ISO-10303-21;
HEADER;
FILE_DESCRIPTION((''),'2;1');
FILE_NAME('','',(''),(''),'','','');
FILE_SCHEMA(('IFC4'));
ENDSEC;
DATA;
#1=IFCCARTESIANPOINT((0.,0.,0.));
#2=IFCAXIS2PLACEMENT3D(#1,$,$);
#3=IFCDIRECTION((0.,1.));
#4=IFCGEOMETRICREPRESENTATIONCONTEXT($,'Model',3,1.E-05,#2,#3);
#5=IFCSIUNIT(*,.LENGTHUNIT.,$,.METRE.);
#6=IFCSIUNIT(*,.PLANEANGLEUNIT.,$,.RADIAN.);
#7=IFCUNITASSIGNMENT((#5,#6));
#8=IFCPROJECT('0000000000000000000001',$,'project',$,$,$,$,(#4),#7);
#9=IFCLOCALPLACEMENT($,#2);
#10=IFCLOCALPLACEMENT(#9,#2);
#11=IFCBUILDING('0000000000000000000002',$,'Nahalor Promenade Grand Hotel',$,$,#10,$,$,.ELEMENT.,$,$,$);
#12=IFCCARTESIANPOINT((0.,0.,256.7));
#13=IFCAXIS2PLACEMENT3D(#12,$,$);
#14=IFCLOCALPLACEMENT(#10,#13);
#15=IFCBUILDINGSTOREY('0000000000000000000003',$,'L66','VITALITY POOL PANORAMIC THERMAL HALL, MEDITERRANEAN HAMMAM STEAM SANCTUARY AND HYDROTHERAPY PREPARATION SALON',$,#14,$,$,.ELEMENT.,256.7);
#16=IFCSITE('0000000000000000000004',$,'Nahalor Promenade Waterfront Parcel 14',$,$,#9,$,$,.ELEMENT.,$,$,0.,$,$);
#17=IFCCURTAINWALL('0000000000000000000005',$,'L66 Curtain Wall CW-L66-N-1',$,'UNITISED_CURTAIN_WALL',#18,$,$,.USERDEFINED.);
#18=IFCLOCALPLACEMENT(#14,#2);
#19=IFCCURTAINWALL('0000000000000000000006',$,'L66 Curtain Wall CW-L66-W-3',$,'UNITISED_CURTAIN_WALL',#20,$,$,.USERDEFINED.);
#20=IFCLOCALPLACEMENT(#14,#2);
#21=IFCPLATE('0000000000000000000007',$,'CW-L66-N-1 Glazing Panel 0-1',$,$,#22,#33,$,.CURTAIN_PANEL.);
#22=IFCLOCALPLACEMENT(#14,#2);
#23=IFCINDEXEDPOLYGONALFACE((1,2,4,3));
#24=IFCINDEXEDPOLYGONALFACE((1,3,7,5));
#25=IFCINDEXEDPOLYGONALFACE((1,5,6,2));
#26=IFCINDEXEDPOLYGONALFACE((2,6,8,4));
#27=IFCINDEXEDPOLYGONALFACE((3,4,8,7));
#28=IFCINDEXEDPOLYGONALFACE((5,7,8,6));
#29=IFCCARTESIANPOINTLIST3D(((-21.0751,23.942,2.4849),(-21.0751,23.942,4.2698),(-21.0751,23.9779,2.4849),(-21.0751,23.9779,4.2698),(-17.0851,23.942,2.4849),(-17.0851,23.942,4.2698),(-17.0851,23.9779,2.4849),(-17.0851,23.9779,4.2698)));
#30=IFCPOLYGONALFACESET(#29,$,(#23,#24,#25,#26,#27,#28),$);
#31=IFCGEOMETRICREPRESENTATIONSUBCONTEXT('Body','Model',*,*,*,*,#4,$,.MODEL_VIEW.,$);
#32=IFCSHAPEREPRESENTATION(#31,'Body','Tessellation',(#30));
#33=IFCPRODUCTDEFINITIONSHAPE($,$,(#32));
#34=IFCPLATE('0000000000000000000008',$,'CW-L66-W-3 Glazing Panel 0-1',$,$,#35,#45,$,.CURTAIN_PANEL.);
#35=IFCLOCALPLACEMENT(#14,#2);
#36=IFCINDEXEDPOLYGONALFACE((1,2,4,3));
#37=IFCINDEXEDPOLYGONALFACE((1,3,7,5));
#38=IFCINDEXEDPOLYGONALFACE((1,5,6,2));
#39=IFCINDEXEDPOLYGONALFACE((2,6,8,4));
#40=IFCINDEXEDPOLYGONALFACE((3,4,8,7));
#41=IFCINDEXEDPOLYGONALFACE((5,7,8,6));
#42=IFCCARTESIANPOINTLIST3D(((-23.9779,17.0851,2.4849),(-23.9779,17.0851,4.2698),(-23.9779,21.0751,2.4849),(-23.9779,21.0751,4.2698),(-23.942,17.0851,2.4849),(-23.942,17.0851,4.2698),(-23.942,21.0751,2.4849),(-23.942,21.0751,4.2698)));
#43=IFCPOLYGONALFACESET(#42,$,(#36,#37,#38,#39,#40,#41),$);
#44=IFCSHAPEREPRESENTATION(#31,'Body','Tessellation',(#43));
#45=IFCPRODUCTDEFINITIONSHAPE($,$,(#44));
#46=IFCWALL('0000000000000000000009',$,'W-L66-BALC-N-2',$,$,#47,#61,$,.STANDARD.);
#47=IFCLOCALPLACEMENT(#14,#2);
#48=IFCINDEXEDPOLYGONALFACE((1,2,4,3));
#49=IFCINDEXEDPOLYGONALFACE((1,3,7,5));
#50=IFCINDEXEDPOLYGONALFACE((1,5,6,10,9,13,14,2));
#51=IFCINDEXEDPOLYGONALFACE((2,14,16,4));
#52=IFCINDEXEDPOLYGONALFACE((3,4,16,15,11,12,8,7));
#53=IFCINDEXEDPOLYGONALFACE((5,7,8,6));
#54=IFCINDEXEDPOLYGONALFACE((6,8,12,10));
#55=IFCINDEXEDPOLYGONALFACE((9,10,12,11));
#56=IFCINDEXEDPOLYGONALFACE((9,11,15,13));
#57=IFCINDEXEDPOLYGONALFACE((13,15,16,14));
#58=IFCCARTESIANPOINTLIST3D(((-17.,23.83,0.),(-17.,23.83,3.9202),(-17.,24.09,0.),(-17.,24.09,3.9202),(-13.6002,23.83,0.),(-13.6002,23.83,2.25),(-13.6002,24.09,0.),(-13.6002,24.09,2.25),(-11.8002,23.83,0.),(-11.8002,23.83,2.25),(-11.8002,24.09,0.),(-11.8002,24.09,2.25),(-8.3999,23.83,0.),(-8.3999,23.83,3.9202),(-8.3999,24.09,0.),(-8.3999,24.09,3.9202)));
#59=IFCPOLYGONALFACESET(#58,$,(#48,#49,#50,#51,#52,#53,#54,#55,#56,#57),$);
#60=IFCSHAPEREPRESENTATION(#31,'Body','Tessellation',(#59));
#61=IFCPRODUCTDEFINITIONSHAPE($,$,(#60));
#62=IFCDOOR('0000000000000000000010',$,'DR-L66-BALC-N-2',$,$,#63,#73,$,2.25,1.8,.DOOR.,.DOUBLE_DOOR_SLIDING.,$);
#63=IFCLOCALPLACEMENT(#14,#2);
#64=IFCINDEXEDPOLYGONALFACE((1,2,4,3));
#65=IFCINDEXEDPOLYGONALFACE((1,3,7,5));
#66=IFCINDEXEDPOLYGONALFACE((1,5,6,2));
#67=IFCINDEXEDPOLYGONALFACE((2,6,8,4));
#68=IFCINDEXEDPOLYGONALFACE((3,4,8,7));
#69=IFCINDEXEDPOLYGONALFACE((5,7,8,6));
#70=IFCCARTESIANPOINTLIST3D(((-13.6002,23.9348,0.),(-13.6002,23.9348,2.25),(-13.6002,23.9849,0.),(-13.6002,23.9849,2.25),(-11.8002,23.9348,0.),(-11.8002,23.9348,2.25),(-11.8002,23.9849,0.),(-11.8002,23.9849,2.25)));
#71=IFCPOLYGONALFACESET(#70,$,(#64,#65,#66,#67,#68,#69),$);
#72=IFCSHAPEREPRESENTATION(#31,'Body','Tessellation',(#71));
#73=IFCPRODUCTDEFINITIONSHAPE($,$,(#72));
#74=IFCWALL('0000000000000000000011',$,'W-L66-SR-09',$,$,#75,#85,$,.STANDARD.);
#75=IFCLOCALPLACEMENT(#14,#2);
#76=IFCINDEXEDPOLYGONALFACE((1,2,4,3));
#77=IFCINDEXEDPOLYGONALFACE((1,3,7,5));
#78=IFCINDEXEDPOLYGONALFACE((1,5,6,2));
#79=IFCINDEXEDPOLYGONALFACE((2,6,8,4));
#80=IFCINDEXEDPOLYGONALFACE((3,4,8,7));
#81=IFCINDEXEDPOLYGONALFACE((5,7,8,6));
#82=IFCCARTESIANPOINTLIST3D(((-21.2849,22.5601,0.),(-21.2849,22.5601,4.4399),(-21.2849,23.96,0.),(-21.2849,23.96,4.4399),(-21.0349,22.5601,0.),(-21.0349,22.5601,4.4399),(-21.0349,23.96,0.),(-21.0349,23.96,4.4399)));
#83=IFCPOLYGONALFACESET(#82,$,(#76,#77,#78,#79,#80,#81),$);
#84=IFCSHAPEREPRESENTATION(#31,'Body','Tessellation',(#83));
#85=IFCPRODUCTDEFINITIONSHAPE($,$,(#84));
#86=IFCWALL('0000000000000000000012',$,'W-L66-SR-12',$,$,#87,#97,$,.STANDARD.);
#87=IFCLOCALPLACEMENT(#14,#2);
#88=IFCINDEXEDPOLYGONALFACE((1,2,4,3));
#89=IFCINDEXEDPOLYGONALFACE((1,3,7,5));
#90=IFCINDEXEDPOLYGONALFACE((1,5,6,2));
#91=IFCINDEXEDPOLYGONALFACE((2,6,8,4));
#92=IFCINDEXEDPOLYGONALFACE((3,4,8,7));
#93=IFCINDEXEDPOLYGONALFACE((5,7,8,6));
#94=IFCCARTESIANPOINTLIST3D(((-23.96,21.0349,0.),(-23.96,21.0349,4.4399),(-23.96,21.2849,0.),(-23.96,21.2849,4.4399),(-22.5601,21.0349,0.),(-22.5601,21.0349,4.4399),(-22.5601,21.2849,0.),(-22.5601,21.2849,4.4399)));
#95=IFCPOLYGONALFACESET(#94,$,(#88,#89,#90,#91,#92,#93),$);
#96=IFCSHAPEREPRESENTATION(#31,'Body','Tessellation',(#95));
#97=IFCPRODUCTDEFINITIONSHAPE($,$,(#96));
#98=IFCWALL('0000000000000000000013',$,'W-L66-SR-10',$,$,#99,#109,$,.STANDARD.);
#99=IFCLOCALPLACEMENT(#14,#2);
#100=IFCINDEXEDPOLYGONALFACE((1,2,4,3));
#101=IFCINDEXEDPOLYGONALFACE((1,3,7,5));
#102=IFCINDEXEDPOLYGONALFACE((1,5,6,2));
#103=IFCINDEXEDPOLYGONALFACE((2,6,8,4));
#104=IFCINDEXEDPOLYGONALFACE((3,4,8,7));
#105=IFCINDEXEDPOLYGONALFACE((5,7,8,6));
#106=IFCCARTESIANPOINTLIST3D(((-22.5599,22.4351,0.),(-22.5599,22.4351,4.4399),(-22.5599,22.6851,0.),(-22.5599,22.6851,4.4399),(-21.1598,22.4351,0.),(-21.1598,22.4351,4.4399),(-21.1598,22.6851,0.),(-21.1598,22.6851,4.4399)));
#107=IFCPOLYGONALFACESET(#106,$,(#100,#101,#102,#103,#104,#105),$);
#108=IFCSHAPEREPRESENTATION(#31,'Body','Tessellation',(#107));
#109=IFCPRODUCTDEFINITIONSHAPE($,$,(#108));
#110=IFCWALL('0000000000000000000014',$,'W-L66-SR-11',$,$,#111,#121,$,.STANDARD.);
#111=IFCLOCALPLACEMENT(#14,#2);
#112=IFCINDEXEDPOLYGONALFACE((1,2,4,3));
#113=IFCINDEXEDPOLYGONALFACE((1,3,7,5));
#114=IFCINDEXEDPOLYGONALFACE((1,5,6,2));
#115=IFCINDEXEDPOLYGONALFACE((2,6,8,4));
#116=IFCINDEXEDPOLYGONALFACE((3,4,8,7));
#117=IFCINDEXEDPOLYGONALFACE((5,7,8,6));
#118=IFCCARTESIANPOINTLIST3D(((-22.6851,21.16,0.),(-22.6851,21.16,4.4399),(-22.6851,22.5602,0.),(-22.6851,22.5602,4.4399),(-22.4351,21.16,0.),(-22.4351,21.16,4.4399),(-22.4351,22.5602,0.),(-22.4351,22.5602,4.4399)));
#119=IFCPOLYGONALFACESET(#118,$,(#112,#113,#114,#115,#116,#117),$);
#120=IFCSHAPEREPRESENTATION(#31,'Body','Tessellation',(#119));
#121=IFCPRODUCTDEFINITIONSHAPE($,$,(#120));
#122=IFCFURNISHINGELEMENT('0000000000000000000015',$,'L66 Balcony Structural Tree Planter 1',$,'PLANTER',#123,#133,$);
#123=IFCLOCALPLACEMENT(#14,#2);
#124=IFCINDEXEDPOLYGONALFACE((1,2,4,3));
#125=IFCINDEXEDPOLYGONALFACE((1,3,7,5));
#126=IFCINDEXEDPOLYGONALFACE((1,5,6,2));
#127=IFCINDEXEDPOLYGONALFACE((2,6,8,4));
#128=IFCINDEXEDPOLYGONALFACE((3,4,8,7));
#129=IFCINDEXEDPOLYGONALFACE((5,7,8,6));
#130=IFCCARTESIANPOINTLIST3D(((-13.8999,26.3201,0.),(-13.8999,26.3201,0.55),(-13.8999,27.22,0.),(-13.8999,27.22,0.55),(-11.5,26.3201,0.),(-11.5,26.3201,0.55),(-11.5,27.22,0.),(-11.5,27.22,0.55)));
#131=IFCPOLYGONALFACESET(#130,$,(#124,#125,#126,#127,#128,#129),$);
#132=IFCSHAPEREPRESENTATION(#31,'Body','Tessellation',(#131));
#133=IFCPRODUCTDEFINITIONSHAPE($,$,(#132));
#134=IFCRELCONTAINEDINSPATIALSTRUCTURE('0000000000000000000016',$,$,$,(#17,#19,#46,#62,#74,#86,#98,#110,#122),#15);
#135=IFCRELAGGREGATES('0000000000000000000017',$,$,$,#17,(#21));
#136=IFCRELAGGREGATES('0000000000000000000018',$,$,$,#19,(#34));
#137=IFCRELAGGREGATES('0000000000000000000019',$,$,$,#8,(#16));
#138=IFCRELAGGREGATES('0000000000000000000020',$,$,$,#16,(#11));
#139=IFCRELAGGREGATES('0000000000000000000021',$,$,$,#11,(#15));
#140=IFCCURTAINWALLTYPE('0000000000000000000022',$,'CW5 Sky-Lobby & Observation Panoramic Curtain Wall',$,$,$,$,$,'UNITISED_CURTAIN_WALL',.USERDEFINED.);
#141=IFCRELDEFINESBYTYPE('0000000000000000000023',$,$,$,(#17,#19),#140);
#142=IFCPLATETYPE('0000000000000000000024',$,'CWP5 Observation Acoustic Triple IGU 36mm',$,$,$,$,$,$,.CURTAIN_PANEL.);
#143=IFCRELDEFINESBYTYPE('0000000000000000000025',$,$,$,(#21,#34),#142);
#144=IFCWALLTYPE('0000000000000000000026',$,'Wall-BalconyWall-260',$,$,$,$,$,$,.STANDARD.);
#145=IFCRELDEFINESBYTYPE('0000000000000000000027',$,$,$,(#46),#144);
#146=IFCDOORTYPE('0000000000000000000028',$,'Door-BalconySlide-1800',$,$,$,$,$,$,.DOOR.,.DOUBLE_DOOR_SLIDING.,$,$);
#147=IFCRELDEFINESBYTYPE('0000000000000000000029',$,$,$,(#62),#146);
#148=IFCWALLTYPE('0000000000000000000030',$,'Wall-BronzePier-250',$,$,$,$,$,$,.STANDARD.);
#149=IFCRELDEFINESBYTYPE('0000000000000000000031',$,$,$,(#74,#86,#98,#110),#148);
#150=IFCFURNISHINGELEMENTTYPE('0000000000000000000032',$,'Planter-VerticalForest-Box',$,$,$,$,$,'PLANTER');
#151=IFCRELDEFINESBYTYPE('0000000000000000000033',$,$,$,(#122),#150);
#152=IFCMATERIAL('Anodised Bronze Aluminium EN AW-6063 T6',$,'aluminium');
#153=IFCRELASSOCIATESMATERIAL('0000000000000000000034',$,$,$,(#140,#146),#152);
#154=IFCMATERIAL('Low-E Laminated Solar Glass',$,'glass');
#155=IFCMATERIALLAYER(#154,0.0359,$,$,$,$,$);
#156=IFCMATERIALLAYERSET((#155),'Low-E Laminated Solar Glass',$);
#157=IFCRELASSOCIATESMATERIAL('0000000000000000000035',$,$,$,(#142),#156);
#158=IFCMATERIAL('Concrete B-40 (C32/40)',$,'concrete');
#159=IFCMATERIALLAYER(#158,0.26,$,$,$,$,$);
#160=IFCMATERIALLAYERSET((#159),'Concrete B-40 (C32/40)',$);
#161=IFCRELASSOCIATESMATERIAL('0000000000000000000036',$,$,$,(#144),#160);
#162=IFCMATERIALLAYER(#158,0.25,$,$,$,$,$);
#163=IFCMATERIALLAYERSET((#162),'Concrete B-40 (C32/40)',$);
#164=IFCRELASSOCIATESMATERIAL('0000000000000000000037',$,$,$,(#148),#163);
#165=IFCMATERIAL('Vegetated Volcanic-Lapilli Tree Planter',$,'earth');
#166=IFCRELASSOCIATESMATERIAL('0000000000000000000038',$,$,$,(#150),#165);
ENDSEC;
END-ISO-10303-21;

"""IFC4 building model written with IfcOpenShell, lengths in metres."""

from ifc_helpers import new_model, si_unit, direction, frame, frame_2d, origin, origin_2d, place, context, subcontext, project, spatial, rectangle, extrude, source, transform, mapped, material, layer, layer_set, type_object, element, fill, aggregate, save


model = new_model("IFC4")

# Units and contexts
model_context = context("Model", 3, precision=1e-05, world=origin(), true_north=direction((0.0, 1.0)))
body_context = subcontext(model_context, "Body", "Model", "MODEL_VIEW")
ifc_project = project(units=[si_unit("LENGTHUNIT", "METRE"), si_unit("PLANEANGLEUNIT", "RADIAN")], contexts=[model_context])

# Site, building, storey
site_placement = place(None, origin())
site = spatial("IfcSite", under=ifc_project, at=site_placement, Name="Nahalor Promenade Waterfront Parcel 14", CompositionType="ELEMENT", RefElevation=0.0)
building_placement = place(site_placement, origin())
building = spatial("IfcBuilding", under=site, at=building_placement, Name="Nahalor Promenade Grand Hotel", CompositionType="ELEMENT")
storey_placement = place(building_placement, frame((0.0, 0.0, 256.7)))
storey = spatial("IfcBuildingStorey", under=building, at=storey_placement, Name="L66", Description="VITALITY POOL PANORAMIC THERMAL HALL, MEDITERRANEAN HAMMAM STEAM SANCTUARY AND HYDROTHERAPY PREPARATION SALON", CompositionType="ELEMENT", Elevation=256.7)

# Curtain walls
ifc_material_1 = material(Name="Anodised Bronze Aluminium EN AW-6063 T6", Category="aluminium")
curtain_wall_type = type_object("IfcCurtainWallType", Name="CW5 Sky-Lobby & Observation Panoramic Curtain Wall", ElementType="UNITISED_CURTAIN_WALL", PredefinedType="USERDEFINED", material=ifc_material_1)
curtain_wall_1_placement = place(storey_placement, origin())
curtain_wall_1 = element("IfcCurtainWall", 1, at=curtain_wall_1_placement, inside=storey, type_object=curtain_wall_type, Name="L66 Curtain Wall CW-L66-N-1", ObjectType="UNITISED_CURTAIN_WALL", PredefinedType="USERDEFINED")
curtain_wall_2_placement = place(storey_placement, origin())
curtain_wall_2 = element("IfcCurtainWall", 2, at=curtain_wall_2_placement, inside=storey, type_object=curtain_wall_type, Name="L66 Curtain Wall CW-L66-W-3", ObjectType="UNITISED_CURTAIN_WALL", PredefinedType="USERDEFINED")

# Plates
ifc_material_2 = material(Name="Low-E Laminated Solar Glass", Category="glass")
ifc_layer_1 = layer(ifc_material_2, 0.0359)
ifc_layer_set_1 = layer_set([ifc_layer_1], Name="Low-E Laminated Solar Glass")
plate_type = type_object("IfcPlateType", Name="CWP5 Observation Acoustic Triple IGU 36mm", PredefinedType="CURTAIN_PANEL", material=ifc_layer_set_1)
shared_shape_1 = source(origin(), body_context, "Body", "SweptSolid", [
    extrude(rectangle(XDim=3.99, YDim=0.0359, at=origin_2d()), origin(), (0.0, 0.0, 1.0), 1.7849),
])
plate_1_placement = place(storey_placement, frame((-19.0801, 23.96, 2.4849), z_axis=(0.0, 0.0, 1.0), x_axis=(1.0, 0.0, 0.0)))
plate_1 = element("IfcPlate", 3, at=plate_1_placement, type_object=plate_type, Name="CW-L66-N-1 Glazing Panel 0-1", PredefinedType="CURTAIN_PANEL", context=body_context, shape_type="MappedRepresentation", body=[
    mapped(shared_shape_1, transform((0.0, 0.0, 0.0), scale=1.0)),
])
aggregate(curtain_wall_1, [plate_1])
plate_2_placement = place(storey_placement, frame((-23.96, 19.0801, 2.4849), z_axis=(0.0, 0.0, 1.0), x_axis=(0.0, 1.0, 0.0)))
plate_2 = element("IfcPlate", 4, at=plate_2_placement, type_object=plate_type, Name="CW-L66-W-3 Glazing Panel 0-1", PredefinedType="CURTAIN_PANEL", context=body_context, shape_type="MappedRepresentation", body=[
    mapped(shared_shape_1, transform((0.0, 0.0, 0.0), scale=1.0)),
])
aggregate(curtain_wall_2, [plate_2])

# Wall, opening, door
ifc_material_3 = material(Name="Concrete B-40 (C32/40)", Category="concrete")
ifc_layer_2 = layer(ifc_material_3, 0.26)
ifc_layer_set_2 = layer_set([ifc_layer_2], Name="Concrete B-40 (C32/40)")
wall_type_1 = type_object("IfcWallType", Name="Wall-BalconyWall-260", PredefinedType="STANDARD", material=ifc_layer_set_2)
shared_shape_2 = source(origin(), body_context, "Body", "SweptSolid", [
    extrude(rectangle(XDim=8.6001, YDim=0.26, at=frame_2d((4.3, 0.0))), origin(), (0.0, 0.0, 1.0), 3.9202),
])
wall_placement = place(storey_placement, frame((-17.0, 23.96, 0.0), z_axis=(0.0, 0.0, 1.0), x_axis=(1.0, 0.0, 0.0)))
wall = element("IfcWall", 5, at=wall_placement, inside=storey, type_object=wall_type_1, Name="W-L66-BALC-N-2", PredefinedType="STANDARD", context=body_context, shape_type="MappedRepresentation", body=[
    mapped(shared_shape_2, transform((0.0, 0.0, 0.0), scale=1.0)),
])
opening_placement = place(wall_placement, frame((3.3999, 0.0, 0.0)))
opening = element("IfcOpeningElement", 6, at=opening_placement, cuts=wall, PredefinedType="OPENING", context=body_context, shape_type="SweptSolid", body=[
    extrude(rectangle(XDim=1.8, YDim=2.25, at=frame_2d((0.8999, 1.125))), frame((0.0, 0.1399, 0.0), z_axis=(0.0, -1.0, 0.0), x_axis=(1.0, 0.0, 0.0)), (0.0, 0.0, 1.0), 0.28),
])
door_type = type_object("IfcDoorType", Name="Door-BalconySlide-1800", OperationType="DOUBLE_DOOR_SLIDING", PredefinedType="DOOR", material=ifc_material_1)
shared_shape_3 = source(origin(), body_context, "Body", "SweptSolid", [
    extrude(rectangle(XDim=1.8, YDim=2.25, at=frame_2d((0.8999, 1.125))), frame((0.0, 0.0249, 0.0), z_axis=(0.0, -1.0, 0.0), x_axis=(1.0, 0.0, 0.0)), (0.0, 0.0, 1.0), 0.05),
])
door_placement = place(opening_placement, origin())
door = element("IfcDoor", 7, at=door_placement, inside=storey, type_object=door_type, Name="DR-L66-BALC-N-2", OperationType="DOUBLE_DOOR_SLIDING", OverallHeight=2.25, OverallWidth=1.8, PredefinedType="DOOR", context=body_context, shape_type="MappedRepresentation", body=[
    mapped(shared_shape_3, transform((0.0, 0.0, 0.0), scale=1.0)),
])
fill(opening, door)

# Walls
ifc_layer_3 = layer(ifc_material_3, 0.25)
ifc_layer_set_3 = layer_set([ifc_layer_3], Name="Concrete B-40 (C32/40)")
wall_type_2 = type_object("IfcWallType", Name="Wall-BronzePier-250", PredefinedType="STANDARD", material=ifc_layer_set_3)
shared_shape_4 = source(origin(), body_context, "Body", "SweptSolid", [
    extrude(rectangle(XDim=1.3999, YDim=0.25, at=frame_2d((0.7, 0.0))), origin(), (0.0, 0.0, 1.0), 4.4399),
])
for number, where, z_axis, x_axis, name in (
    (8, (-21.1599, 22.5601, 0.0), (0.0, 0.0, 1.0), (0.0, 1.0, 0.0), "W-L66-SR-09"),
    (9, (-23.96, 21.1599, 0.0), (0.0, 0.0, 1.0), (1.0, 0.0, 0.0), "W-L66-SR-12"),
):
    element("IfcWall", number, at=place(storey_placement, frame(where, z_axis=z_axis, x_axis=x_axis)), inside=storey, type_object=wall_type_2, Name=name, PredefinedType="STANDARD", context=body_context, shape_type="MappedRepresentation", body=[
        mapped(shared_shape_4, transform((0.0, 0.0, 0.0), scale=1.0)),
    ])
shared_shape_5 = source(origin(), body_context, "Body", "SweptSolid", [
    extrude(rectangle(XDim=1.4001, YDim=0.25, at=frame_2d((0.7002, 0.0))), origin(), (0.0, 0.0, 1.0), 4.4399),
])
for number, where, z_axis, x_axis, name in (
    (10, (-22.5601, 22.5601, 0.0), (0.0, 0.0, 1.0), (1.0, 0.0, 0.0), "W-L66-SR-10"),
    (11, (-22.5601, 21.1599, 0.0), (0.0, 0.0, 1.0), (0.0, 1.0, 0.0), "W-L66-SR-11"),
):
    element("IfcWall", number, at=place(storey_placement, frame(where, z_axis=z_axis, x_axis=x_axis)), inside=storey, type_object=wall_type_2, Name=name, PredefinedType="STANDARD", context=body_context, shape_type="MappedRepresentation", body=[
        mapped(shared_shape_5, transform((0.0, 0.0, 0.0), scale=1.0)),
    ])

# Furnishing element
ifc_material_4 = material(Name="Vegetated Volcanic-Lapilli Tree Planter", Category="earth")
furnishing_element_type = type_object("IfcFurnishingElementType", Name="Planter-VerticalForest-Box", ElementType="PLANTER", material=ifc_material_4)
shared_shape_6 = source(origin(), body_context, "Body", "SweptSolid", [
    extrude(rectangle(XDim=2.3999, YDim=0.8999, at=origin_2d()), origin(), (0.0, 0.0, 1.0), 0.55),
])
furnishing_placement = place(storey_placement, frame((-12.7, 26.77, 0.0), z_axis=(0.0, 0.0, 1.0), x_axis=(1.0, 0.0, 0.0)))
element("IfcFurnishingElement", 12, at=furnishing_placement, inside=storey, type_object=furnishing_element_type, Name="L66 Balcony Structural Tree Planter 1", ObjectType="PLANTER", context=body_context, shape_type="MappedRepresentation", body=[
    mapped(shared_shape_6, transform((0.0, 0.0, 0.0), scale=1.0)),
])

save(model, "model.ifc")
